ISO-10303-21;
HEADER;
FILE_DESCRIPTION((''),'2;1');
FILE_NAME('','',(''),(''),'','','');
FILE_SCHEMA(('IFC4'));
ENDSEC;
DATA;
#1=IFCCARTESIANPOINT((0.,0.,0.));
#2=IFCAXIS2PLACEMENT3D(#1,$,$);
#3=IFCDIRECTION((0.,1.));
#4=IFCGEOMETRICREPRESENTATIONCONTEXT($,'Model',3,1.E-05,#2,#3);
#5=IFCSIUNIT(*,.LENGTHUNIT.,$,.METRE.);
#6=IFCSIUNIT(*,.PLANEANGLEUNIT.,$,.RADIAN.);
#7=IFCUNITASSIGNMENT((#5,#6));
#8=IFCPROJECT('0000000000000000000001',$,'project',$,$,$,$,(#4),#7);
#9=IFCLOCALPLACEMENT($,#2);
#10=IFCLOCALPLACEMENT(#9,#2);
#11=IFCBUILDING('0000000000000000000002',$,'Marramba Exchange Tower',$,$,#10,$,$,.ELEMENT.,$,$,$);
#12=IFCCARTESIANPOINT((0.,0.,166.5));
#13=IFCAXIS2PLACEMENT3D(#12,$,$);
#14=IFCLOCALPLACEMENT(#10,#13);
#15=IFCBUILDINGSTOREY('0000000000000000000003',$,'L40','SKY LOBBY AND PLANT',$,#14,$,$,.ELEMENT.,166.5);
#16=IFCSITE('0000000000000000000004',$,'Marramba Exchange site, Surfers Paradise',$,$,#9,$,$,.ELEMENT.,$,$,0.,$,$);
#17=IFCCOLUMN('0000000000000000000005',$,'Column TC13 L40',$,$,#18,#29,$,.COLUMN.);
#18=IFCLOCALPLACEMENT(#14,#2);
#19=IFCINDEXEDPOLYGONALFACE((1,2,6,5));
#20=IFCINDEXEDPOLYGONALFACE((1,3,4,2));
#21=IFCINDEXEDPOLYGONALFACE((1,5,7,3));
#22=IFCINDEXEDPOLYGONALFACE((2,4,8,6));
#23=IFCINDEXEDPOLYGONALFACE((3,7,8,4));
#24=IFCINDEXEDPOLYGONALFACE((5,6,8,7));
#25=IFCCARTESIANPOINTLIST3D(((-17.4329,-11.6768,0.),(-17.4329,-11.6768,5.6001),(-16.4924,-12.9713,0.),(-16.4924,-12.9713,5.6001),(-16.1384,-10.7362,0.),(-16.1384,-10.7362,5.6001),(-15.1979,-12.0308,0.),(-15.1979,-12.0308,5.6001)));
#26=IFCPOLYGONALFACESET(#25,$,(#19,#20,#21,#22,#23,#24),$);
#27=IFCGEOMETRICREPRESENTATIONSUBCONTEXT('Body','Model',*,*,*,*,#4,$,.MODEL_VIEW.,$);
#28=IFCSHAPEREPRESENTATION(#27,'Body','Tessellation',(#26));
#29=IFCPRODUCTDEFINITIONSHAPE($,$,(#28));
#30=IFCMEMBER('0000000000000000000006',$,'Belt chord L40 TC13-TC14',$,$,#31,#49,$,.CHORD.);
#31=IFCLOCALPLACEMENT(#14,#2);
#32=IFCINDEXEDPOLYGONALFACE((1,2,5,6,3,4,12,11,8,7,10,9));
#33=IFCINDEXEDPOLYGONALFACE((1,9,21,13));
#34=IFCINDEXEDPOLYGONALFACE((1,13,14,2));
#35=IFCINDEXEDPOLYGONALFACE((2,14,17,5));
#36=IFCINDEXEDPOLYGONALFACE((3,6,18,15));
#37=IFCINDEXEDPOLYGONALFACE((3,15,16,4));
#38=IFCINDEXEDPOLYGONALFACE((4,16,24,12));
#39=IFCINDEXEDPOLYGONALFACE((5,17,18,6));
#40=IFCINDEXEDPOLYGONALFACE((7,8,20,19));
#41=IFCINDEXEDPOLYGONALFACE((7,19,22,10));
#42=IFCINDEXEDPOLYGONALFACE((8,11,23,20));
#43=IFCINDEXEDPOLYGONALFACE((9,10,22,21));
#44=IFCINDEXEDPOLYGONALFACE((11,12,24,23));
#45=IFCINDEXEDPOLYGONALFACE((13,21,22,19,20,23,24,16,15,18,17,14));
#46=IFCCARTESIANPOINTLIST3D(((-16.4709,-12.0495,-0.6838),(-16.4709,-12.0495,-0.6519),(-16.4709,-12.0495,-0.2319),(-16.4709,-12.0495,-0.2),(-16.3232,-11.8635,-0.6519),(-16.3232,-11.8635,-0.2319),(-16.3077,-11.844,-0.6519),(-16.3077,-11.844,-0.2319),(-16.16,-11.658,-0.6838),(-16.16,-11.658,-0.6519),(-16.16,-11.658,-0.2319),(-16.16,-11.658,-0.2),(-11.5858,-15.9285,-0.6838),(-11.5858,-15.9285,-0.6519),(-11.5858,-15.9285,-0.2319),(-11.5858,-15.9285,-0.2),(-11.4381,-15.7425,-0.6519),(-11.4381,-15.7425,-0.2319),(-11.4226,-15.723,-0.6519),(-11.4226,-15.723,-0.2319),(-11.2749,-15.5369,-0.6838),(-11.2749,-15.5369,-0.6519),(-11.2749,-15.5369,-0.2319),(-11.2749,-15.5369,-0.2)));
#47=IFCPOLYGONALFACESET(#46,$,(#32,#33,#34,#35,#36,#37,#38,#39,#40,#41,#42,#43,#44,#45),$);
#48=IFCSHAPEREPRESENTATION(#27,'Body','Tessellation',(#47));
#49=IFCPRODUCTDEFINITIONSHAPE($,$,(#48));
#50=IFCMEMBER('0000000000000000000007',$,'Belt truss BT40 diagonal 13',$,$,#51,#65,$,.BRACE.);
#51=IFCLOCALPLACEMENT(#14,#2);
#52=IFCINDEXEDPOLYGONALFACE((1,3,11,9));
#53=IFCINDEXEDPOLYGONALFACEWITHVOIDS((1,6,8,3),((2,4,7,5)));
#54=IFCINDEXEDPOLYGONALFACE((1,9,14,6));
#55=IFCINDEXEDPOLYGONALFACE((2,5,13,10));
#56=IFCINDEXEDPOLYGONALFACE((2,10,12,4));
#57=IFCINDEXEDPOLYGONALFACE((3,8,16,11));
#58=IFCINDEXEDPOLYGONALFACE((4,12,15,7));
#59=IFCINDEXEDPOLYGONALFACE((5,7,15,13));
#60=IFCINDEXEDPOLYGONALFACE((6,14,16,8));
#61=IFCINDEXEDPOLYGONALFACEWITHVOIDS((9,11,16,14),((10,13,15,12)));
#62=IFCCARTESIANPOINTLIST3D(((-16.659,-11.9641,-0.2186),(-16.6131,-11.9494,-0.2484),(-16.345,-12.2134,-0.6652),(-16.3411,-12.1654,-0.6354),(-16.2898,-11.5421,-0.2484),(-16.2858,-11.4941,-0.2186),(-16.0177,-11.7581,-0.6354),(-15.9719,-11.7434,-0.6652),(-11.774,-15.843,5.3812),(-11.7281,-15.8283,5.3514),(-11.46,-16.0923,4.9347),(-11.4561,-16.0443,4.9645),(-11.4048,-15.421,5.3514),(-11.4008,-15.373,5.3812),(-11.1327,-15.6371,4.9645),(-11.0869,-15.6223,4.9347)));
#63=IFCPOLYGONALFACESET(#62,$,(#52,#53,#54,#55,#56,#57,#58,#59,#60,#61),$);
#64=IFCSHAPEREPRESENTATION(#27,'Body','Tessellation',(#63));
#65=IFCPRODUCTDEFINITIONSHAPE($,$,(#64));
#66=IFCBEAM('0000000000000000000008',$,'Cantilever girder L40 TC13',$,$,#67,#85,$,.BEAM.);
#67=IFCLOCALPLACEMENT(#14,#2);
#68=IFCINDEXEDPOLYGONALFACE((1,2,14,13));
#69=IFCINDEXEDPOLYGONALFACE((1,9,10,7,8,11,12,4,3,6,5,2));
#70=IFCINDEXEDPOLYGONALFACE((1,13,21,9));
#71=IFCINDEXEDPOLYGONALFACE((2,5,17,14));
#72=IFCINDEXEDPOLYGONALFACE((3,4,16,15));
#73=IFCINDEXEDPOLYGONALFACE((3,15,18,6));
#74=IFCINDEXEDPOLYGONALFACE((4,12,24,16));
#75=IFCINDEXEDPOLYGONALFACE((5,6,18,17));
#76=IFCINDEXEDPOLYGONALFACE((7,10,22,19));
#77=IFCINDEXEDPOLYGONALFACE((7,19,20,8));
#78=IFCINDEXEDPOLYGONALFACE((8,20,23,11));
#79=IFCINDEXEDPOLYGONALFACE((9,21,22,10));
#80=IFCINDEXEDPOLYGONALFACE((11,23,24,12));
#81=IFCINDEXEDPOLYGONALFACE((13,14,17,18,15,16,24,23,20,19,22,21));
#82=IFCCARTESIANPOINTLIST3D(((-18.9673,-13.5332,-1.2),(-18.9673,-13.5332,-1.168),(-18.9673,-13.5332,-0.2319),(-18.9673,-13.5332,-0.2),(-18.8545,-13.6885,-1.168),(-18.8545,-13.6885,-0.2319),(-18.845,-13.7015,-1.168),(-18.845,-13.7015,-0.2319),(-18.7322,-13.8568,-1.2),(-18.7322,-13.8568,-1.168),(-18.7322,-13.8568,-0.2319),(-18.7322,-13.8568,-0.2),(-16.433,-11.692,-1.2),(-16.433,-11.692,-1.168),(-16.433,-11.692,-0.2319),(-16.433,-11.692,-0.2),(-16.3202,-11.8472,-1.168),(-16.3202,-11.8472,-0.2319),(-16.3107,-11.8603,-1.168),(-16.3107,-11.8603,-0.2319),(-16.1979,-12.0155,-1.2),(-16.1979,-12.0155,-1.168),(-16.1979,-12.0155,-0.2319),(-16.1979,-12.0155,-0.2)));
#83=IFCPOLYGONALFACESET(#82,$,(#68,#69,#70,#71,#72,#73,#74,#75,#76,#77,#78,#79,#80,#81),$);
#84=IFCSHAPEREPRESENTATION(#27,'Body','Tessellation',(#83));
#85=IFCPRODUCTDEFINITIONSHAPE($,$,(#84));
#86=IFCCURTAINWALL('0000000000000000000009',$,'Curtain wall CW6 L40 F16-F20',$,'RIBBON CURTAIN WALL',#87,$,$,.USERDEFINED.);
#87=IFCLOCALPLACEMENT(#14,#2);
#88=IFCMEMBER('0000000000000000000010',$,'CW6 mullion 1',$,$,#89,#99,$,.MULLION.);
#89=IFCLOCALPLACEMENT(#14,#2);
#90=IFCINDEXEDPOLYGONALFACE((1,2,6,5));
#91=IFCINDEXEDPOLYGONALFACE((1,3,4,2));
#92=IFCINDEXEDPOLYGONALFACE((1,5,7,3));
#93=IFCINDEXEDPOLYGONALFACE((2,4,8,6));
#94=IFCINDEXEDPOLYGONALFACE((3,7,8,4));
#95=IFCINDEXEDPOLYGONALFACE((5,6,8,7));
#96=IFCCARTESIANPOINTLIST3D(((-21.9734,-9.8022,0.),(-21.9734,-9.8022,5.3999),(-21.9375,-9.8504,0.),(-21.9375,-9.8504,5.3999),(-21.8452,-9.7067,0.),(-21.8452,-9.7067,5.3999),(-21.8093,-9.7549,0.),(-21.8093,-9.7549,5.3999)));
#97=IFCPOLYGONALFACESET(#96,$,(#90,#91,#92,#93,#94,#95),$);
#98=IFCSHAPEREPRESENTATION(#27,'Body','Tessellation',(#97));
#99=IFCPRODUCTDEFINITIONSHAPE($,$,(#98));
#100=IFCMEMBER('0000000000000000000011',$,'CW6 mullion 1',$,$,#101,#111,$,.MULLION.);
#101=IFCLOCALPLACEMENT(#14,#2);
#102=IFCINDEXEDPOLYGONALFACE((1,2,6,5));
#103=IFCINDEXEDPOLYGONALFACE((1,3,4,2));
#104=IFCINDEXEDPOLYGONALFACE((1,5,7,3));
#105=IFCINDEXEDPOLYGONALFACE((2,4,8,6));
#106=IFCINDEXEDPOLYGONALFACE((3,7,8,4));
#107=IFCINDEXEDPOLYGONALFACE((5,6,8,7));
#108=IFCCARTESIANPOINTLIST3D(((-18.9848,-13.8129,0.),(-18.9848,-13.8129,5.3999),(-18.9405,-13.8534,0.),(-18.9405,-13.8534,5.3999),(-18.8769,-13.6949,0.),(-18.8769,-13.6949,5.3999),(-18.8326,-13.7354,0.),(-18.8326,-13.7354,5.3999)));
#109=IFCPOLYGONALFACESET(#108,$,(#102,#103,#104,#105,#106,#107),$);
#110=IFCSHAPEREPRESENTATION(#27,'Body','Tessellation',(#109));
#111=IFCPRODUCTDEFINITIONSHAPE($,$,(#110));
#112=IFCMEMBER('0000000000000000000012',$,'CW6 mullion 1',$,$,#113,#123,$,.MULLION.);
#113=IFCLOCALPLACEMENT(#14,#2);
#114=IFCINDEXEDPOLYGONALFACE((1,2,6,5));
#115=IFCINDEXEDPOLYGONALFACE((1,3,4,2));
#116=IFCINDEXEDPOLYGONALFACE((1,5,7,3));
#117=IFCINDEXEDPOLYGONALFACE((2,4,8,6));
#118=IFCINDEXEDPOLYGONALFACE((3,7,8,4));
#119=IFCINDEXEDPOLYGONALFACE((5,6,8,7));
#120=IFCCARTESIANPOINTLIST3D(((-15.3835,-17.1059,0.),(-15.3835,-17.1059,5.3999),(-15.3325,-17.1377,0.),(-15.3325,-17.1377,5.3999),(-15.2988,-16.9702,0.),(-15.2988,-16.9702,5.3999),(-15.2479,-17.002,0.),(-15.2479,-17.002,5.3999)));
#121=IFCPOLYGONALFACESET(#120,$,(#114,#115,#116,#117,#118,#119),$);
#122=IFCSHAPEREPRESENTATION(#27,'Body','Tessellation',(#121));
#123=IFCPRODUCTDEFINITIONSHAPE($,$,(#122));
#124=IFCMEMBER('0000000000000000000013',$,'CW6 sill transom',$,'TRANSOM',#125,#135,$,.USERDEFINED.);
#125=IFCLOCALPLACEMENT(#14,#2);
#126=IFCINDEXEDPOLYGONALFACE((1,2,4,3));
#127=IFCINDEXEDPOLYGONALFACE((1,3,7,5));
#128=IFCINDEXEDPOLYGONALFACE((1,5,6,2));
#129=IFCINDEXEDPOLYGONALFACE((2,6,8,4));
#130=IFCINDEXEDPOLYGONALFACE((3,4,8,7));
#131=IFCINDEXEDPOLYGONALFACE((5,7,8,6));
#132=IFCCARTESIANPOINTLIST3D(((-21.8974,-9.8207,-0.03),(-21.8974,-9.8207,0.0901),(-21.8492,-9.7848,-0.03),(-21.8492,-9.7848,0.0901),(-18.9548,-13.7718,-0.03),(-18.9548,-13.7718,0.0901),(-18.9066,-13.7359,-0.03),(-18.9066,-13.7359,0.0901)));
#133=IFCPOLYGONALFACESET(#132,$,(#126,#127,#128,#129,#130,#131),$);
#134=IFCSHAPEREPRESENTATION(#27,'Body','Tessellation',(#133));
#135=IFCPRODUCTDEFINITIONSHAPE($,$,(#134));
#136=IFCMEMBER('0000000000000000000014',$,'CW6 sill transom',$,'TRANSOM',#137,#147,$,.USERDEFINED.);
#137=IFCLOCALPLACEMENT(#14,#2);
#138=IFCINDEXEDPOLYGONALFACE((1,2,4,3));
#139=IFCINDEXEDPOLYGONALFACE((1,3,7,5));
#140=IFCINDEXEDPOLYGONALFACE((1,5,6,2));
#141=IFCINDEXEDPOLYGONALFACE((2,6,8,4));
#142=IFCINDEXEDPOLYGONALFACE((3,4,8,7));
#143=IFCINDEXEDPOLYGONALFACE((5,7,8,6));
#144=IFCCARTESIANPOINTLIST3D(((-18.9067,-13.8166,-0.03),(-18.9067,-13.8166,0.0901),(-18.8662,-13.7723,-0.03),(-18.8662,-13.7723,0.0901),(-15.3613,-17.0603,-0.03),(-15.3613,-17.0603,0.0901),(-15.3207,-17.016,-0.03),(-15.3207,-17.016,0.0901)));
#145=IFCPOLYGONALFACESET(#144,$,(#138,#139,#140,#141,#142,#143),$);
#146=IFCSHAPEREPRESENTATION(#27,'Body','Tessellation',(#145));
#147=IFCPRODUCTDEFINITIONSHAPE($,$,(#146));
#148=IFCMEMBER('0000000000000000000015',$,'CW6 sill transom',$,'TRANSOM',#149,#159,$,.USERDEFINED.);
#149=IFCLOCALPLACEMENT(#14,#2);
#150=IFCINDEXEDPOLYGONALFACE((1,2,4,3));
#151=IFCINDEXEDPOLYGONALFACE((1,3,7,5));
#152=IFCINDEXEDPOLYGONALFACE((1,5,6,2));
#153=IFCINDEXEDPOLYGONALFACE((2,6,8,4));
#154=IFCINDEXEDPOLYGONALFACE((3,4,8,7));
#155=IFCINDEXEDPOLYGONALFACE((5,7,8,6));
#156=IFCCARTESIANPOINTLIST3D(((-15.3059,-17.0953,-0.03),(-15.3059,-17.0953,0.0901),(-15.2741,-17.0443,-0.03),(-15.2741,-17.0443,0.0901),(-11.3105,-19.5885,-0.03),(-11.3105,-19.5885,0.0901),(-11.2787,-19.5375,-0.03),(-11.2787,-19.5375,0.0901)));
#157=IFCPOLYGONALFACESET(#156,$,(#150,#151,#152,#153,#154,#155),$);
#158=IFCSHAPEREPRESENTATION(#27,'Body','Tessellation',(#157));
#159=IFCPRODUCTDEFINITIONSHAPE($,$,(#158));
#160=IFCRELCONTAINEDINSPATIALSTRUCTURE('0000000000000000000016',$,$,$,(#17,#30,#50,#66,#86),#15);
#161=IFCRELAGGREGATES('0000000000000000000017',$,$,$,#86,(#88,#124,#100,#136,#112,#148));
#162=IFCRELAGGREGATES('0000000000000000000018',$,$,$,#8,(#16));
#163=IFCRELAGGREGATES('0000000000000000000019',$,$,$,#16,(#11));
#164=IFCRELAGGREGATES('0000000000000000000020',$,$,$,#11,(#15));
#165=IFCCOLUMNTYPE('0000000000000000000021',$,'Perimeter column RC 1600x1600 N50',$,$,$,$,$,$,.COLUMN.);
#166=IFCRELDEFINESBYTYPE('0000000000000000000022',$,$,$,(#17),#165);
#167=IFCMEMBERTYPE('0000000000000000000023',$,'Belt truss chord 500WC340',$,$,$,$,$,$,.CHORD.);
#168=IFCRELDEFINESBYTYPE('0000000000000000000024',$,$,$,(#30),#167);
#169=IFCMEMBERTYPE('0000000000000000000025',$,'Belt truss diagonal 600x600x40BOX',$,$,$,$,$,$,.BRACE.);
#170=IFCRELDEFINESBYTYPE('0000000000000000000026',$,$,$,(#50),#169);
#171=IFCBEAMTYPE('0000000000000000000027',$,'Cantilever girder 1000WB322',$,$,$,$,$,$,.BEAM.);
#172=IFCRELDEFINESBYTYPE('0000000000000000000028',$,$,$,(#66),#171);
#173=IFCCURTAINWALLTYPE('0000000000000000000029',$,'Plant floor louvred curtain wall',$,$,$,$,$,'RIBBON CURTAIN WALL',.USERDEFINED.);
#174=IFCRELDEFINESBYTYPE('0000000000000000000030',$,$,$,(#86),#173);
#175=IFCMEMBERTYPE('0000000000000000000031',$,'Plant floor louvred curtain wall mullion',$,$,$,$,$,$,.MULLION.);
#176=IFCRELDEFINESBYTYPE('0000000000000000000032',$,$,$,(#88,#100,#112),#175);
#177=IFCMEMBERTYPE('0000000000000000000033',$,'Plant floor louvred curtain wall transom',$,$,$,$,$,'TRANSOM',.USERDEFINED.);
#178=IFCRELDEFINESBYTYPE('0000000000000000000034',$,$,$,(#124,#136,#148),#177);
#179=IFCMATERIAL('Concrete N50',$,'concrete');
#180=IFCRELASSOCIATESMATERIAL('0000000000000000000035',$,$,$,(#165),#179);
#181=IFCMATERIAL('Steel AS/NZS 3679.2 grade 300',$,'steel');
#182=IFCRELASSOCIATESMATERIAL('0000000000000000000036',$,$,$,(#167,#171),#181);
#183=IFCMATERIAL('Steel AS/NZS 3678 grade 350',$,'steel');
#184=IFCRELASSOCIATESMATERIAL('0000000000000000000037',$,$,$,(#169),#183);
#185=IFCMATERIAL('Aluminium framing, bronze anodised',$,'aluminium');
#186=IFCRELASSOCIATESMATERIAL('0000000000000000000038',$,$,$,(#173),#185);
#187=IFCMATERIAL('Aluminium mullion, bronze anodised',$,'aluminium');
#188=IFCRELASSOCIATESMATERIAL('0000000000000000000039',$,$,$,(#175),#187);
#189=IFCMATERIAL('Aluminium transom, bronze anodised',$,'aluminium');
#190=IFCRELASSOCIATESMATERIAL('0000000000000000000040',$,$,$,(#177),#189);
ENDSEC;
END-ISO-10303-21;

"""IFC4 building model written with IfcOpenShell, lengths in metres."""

from ifc_helpers import new_model, si_unit, direction, frame, origin, origin_2d, place, context, subcontext, project, spatial, rectangle, hollow_rectangle, i_section, extrude, material, material_profile, profile_set, type_object, element, aggregate, save


model = new_model("IFC4")

# Units and contexts
model_context = context("Model", 3, precision=1e-05, world=origin(), true_north=direction((0.0, 1.0)))
body_context = subcontext(model_context, "Body", "Model", "MODEL_VIEW")
ifc_project = project(units=[si_unit("LENGTHUNIT", "METRE"), si_unit("PLANEANGLEUNIT", "RADIAN")], contexts=[model_context])

# Site, building, storey
site_placement = place(None, origin())
site = spatial("IfcSite", under=ifc_project, at=site_placement, Name="Marramba Exchange site, Surfers Paradise", CompositionType="ELEMENT", RefElevation=0.0)
building_placement = place(site_placement, origin())
building = spatial("IfcBuilding", under=site, at=building_placement, Name="Marramba Exchange Tower", CompositionType="ELEMENT")
storey_placement = place(building_placement, frame((0.0, 0.0, 166.5)))
storey = spatial("IfcBuildingStorey", under=building, at=storey_placement, Name="L40", Description="SKY LOBBY AND PLANT", CompositionType="ELEMENT", Elevation=166.5)

# Column
ifc_material_1 = material(Name="Concrete N50", Category="concrete")
ifc_material_profile_1 = material_profile(ifc_material_1, rectangle(XDim=1.6001, YDim=1.6001, at=origin_2d()), Name="RC 1600x1600")
ifc_profile_set_1 = profile_set([ifc_material_profile_1], Name="Concrete N50")
column_type = type_object("IfcColumnType", Name="Perimeter column RC 1600x1600 N50", PredefinedType="COLUMN", material=ifc_profile_set_1)
column_placement = place(storey_placement, frame((-16.3154, -11.8538, 0.0), z_axis=(0.0, 0.0, 1.0), x_axis=(-0.809017, -0.587785, 0.0)))
element("IfcColumn", 1, at=column_placement, inside=storey, type_object=column_type, Name="Column TC13 L40", PredefinedType="COLUMN", context=body_context, shape_type="SweptSolid", body=[
    extrude(rectangle(XDim=1.6001, YDim=1.6001, at=origin_2d()), origin(), (0.0, 0.0, 1.0), 5.6001),
])

# Members
ifc_material_2 = material(Name="Steel AS/NZS 3679.2 grade 300", Category="steel")
ifc_material_profile_2 = material_profile(ifc_material_2, i_section(OverallWidth=0.5, OverallDepth=0.4839, WebThickness=0.0249, FlangeThickness=0.032, at=origin_2d()), Name="500WC340")
ifc_profile_set_2 = profile_set([ifc_material_profile_2], Name="Steel AS/NZS 3679.2 grade 300")
member_type_1 = type_object("IfcMemberType", Name="Belt truss chord 500WC340", PredefinedType="CHORD", material=ifc_profile_set_2)
member_1_placement = place(storey_placement, frame((-16.3154, -11.8538, -0.4419), z_axis=(0.783139, -0.621846, 0.0), x_axis=(0.621846, 0.783139, 0.0)))
element("IfcMember", 2, at=member_1_placement, inside=storey, type_object=member_type_1, Name="Belt chord L40 TC13-TC14", PredefinedType="CHORD", context=body_context, shape_type="SweptSolid", body=[
    extrude(i_section(OverallWidth=0.5, OverallDepth=0.4839, WebThickness=0.0249, FlangeThickness=0.032, at=origin_2d()), origin(), (0.0, 0.0, 1.0), 6.2378),
])
ifc_material_3 = material(Name="Steel AS/NZS 3678 grade 350", Category="steel")
ifc_material_profile_3 = material_profile(ifc_material_3, hollow_rectangle(XDim=0.6001, YDim=0.6001, WallThickness=0.04, at=origin_2d()), Name="600x600x40BOX")
ifc_profile_set_3 = profile_set([ifc_material_profile_3], Name="Steel AS/NZS 3678 grade 350")
member_type_2 = type_object("IfcMemberType", Name="Belt truss diagonal 600x600x40BOX", PredefinedType="BRACE", material=ifc_profile_set_3)
member_2_placement = place(storey_placement, frame((-16.3154, -11.8538, -0.4419), z_axis=(0.582758, -0.462734, 0.668035), x_axis=(0.621846, 0.783139, 0.0)))
element("IfcMember", 3, at=member_2_placement, inside=storey, type_object=member_type_2, Name="Belt truss BT40 diagonal 13", PredefinedType="BRACE", context=body_context, shape_type="SweptSolid", body=[
    extrude(hollow_rectangle(XDim=0.6001, YDim=0.6001, WallThickness=0.04, at=origin_2d()), origin(), (0.0, 0.0, 1.0), 8.3826),
])

# Beam
ifc_material_profile_4 = material_profile(ifc_material_2, i_section(OverallWidth=0.3999, OverallDepth=1.0, WebThickness=0.0161, FlangeThickness=0.032, at=origin_2d()), Name="1000WB322")
ifc_profile_set_4 = profile_set([ifc_material_profile_4], Name="Steel AS/NZS 3679.2 grade 300")
beam_type_1 = type_object("IfcBeamType", Name="Cantilever girder 1000WB322", PredefinedType="BEAM", material=ifc_profile_set_4)
beam_1_placement = place(storey_placement, frame((-16.3154, -11.8538, -0.7), z_axis=(-0.809026, -0.587773, 0.0), x_axis=(0.587773, -0.809026, 0.0)))
element("IfcBeam", 4, at=beam_1_placement, inside=storey, type_object=beam_type_1, Name="Cantilever girder L40 TC13", PredefinedType="BEAM", context=body_context, shape_type="SweptSolid", body=[
    extrude(i_section(OverallWidth=0.3999, OverallDepth=1.0, WebThickness=0.0161, FlangeThickness=0.032, at=origin_2d()), origin(), (0.0, 0.0, 1.0), 3.1326),
])

# Curtain wall, members
ifc_material_4 = material(Name="Aluminium framing, bronze anodised", Category="aluminium")
curtain_wall_type = type_object("IfcCurtainWallType", Name="Plant floor louvred curtain wall", ElementType="RIBBON CURTAIN WALL", PredefinedType="USERDEFINED", material=ifc_material_4)
curtain_wall_placement = place(storey_placement, origin())
curtain_wall = element("IfcCurtainWall", 5, at=curtain_wall_placement, inside=storey, type_object=curtain_wall_type, Name="Curtain wall CW6 L40 F16-F20", ObjectType="RIBBON CURTAIN WALL", PredefinedType="USERDEFINED")
ifc_material_5 = material(Name="Aluminium mullion, bronze anodised", Category="aluminium")
ifc_material_profile_5 = material_profile(ifc_material_5, rectangle(XDim=0.1599, YDim=0.0601, at=origin_2d()), Name="CW6 mullion 60x160")
ifc_profile_set_5 = profile_set([ifc_material_profile_5], Name="Aluminium mullion, bronze anodised")
member_type_3 = type_object("IfcMemberType", Name="Plant floor louvred curtain wall mullion", PredefinedType="MULLION", material=ifc_profile_set_5)
member_3_placement = place(storey_placement, frame((-21.8914, -9.7786, 0.0), z_axis=(0.0, 0.0, 1.0), x_axis=(0.802014, 0.597305, 0.0)))
member_3 = element("IfcMember", 6, at=member_3_placement, type_object=member_type_3, Name="CW6 mullion 1", PredefinedType="MULLION", context=body_context, shape_type="SweptSolid", body=[
    extrude(rectangle(XDim=0.1599, YDim=0.0601, at=origin_2d()), origin(), (0.0, 0.0, 1.0), 5.3999),
])
member_4_placement = place(storey_placement, frame((-18.9087, -13.7742, 0.0), z_axis=(0.0, 0.0, 1.0), x_axis=(0.674995, 0.737822, 0.0)))
member_4 = element("IfcMember", 7, at=member_4_placement, type_object=member_type_3, Name="CW6 mullion 1", PredefinedType="MULLION", context=body_context, shape_type="SweptSolid", body=[
    extrude(rectangle(XDim=0.1599, YDim=0.0601, at=origin_2d()), origin(), (0.0, 0.0, 1.0), 5.3999),
])
member_5_placement = place(storey_placement, frame((-15.3157, -17.054, 0.0), z_axis=(0.0, 0.0, 1.0), x_axis=(0.529428, 0.848355, 0.0)))
member_5 = element("IfcMember", 8, at=member_5_placement, type_object=member_type_3, Name="CW6 mullion 1", PredefinedType="MULLION", context=body_context, shape_type="SweptSolid", body=[
    extrude(rectangle(XDim=0.1599, YDim=0.0601, at=origin_2d()), origin(), (0.0, 0.0, 1.0), 5.3999),
])
ifc_material_6 = material(Name="Aluminium transom, bronze anodised", Category="aluminium")
ifc_material_profile_6 = material_profile(ifc_material_6, rectangle(XDim=0.0601, YDim=0.1201, at=origin_2d()), Name="CW6 transom 60x120")
ifc_profile_set_6 = profile_set([ifc_material_profile_6], Name="Aluminium transom, bronze anodised")
member_type_4 = type_object("IfcMemberType", Name="Plant floor louvred curtain wall transom", ElementType="TRANSOM", PredefinedType="USERDEFINED", material=ifc_profile_set_6)
member_6_placement = place(storey_placement, frame((-21.8733, -9.8027, 0.03), z_axis=(0.597301, -0.802017, 0.0), x_axis=(0.802017, 0.597301, 0.0)))
member_6 = element("IfcMember", 9, at=member_6_placement, type_object=member_type_4, Name="CW6 sill transom", ObjectType="TRANSOM", PredefinedType="USERDEFINED", context=body_context, shape_type="SweptSolid", body=[
    extrude(rectangle(XDim=0.0601, YDim=0.1201, at=origin_2d()), origin(), (0.0, 0.0, 1.0), 4.9265),
])
member_7_placement = place(storey_placement, frame((-18.8865, -13.7944, 0.03), z_axis=(0.737808, -0.675011, 0.0), x_axis=(0.675011, 0.737808, 0.0)))
member_7 = element("IfcMember", 10, at=member_7_placement, type_object=member_type_4, Name="CW6 sill transom", ObjectType="TRANSOM", PredefinedType="USERDEFINED", context=body_context, shape_type="SweptSolid", body=[
    extrude(rectangle(XDim=0.0601, YDim=0.1201, at=origin_2d()), origin(), (0.0, 0.0, 1.0), 4.8054),
])
member_8_placement = place(storey_placement, frame((-15.29, -17.0698, 0.03), z_axis=(0.848374, -0.529398, 0.0), x_axis=(0.529398, 0.848374, 0.0)))
member_8 = element("IfcMember", 11, at=member_8_placement, type_object=member_type_4, Name="CW6 sill transom", ObjectType="TRANSOM", PredefinedType="USERDEFINED", context=body_context, shape_type="SweptSolid", body=[
    extrude(rectangle(XDim=0.0601, YDim=0.1201, at=origin_2d()), origin(), (0.0, 0.0, 1.0), 4.7095),
])

aggregate(curtain_wall, [member_3, member_6, member_4, member_7, member_5, member_8])

save(model, "model.ifc")
